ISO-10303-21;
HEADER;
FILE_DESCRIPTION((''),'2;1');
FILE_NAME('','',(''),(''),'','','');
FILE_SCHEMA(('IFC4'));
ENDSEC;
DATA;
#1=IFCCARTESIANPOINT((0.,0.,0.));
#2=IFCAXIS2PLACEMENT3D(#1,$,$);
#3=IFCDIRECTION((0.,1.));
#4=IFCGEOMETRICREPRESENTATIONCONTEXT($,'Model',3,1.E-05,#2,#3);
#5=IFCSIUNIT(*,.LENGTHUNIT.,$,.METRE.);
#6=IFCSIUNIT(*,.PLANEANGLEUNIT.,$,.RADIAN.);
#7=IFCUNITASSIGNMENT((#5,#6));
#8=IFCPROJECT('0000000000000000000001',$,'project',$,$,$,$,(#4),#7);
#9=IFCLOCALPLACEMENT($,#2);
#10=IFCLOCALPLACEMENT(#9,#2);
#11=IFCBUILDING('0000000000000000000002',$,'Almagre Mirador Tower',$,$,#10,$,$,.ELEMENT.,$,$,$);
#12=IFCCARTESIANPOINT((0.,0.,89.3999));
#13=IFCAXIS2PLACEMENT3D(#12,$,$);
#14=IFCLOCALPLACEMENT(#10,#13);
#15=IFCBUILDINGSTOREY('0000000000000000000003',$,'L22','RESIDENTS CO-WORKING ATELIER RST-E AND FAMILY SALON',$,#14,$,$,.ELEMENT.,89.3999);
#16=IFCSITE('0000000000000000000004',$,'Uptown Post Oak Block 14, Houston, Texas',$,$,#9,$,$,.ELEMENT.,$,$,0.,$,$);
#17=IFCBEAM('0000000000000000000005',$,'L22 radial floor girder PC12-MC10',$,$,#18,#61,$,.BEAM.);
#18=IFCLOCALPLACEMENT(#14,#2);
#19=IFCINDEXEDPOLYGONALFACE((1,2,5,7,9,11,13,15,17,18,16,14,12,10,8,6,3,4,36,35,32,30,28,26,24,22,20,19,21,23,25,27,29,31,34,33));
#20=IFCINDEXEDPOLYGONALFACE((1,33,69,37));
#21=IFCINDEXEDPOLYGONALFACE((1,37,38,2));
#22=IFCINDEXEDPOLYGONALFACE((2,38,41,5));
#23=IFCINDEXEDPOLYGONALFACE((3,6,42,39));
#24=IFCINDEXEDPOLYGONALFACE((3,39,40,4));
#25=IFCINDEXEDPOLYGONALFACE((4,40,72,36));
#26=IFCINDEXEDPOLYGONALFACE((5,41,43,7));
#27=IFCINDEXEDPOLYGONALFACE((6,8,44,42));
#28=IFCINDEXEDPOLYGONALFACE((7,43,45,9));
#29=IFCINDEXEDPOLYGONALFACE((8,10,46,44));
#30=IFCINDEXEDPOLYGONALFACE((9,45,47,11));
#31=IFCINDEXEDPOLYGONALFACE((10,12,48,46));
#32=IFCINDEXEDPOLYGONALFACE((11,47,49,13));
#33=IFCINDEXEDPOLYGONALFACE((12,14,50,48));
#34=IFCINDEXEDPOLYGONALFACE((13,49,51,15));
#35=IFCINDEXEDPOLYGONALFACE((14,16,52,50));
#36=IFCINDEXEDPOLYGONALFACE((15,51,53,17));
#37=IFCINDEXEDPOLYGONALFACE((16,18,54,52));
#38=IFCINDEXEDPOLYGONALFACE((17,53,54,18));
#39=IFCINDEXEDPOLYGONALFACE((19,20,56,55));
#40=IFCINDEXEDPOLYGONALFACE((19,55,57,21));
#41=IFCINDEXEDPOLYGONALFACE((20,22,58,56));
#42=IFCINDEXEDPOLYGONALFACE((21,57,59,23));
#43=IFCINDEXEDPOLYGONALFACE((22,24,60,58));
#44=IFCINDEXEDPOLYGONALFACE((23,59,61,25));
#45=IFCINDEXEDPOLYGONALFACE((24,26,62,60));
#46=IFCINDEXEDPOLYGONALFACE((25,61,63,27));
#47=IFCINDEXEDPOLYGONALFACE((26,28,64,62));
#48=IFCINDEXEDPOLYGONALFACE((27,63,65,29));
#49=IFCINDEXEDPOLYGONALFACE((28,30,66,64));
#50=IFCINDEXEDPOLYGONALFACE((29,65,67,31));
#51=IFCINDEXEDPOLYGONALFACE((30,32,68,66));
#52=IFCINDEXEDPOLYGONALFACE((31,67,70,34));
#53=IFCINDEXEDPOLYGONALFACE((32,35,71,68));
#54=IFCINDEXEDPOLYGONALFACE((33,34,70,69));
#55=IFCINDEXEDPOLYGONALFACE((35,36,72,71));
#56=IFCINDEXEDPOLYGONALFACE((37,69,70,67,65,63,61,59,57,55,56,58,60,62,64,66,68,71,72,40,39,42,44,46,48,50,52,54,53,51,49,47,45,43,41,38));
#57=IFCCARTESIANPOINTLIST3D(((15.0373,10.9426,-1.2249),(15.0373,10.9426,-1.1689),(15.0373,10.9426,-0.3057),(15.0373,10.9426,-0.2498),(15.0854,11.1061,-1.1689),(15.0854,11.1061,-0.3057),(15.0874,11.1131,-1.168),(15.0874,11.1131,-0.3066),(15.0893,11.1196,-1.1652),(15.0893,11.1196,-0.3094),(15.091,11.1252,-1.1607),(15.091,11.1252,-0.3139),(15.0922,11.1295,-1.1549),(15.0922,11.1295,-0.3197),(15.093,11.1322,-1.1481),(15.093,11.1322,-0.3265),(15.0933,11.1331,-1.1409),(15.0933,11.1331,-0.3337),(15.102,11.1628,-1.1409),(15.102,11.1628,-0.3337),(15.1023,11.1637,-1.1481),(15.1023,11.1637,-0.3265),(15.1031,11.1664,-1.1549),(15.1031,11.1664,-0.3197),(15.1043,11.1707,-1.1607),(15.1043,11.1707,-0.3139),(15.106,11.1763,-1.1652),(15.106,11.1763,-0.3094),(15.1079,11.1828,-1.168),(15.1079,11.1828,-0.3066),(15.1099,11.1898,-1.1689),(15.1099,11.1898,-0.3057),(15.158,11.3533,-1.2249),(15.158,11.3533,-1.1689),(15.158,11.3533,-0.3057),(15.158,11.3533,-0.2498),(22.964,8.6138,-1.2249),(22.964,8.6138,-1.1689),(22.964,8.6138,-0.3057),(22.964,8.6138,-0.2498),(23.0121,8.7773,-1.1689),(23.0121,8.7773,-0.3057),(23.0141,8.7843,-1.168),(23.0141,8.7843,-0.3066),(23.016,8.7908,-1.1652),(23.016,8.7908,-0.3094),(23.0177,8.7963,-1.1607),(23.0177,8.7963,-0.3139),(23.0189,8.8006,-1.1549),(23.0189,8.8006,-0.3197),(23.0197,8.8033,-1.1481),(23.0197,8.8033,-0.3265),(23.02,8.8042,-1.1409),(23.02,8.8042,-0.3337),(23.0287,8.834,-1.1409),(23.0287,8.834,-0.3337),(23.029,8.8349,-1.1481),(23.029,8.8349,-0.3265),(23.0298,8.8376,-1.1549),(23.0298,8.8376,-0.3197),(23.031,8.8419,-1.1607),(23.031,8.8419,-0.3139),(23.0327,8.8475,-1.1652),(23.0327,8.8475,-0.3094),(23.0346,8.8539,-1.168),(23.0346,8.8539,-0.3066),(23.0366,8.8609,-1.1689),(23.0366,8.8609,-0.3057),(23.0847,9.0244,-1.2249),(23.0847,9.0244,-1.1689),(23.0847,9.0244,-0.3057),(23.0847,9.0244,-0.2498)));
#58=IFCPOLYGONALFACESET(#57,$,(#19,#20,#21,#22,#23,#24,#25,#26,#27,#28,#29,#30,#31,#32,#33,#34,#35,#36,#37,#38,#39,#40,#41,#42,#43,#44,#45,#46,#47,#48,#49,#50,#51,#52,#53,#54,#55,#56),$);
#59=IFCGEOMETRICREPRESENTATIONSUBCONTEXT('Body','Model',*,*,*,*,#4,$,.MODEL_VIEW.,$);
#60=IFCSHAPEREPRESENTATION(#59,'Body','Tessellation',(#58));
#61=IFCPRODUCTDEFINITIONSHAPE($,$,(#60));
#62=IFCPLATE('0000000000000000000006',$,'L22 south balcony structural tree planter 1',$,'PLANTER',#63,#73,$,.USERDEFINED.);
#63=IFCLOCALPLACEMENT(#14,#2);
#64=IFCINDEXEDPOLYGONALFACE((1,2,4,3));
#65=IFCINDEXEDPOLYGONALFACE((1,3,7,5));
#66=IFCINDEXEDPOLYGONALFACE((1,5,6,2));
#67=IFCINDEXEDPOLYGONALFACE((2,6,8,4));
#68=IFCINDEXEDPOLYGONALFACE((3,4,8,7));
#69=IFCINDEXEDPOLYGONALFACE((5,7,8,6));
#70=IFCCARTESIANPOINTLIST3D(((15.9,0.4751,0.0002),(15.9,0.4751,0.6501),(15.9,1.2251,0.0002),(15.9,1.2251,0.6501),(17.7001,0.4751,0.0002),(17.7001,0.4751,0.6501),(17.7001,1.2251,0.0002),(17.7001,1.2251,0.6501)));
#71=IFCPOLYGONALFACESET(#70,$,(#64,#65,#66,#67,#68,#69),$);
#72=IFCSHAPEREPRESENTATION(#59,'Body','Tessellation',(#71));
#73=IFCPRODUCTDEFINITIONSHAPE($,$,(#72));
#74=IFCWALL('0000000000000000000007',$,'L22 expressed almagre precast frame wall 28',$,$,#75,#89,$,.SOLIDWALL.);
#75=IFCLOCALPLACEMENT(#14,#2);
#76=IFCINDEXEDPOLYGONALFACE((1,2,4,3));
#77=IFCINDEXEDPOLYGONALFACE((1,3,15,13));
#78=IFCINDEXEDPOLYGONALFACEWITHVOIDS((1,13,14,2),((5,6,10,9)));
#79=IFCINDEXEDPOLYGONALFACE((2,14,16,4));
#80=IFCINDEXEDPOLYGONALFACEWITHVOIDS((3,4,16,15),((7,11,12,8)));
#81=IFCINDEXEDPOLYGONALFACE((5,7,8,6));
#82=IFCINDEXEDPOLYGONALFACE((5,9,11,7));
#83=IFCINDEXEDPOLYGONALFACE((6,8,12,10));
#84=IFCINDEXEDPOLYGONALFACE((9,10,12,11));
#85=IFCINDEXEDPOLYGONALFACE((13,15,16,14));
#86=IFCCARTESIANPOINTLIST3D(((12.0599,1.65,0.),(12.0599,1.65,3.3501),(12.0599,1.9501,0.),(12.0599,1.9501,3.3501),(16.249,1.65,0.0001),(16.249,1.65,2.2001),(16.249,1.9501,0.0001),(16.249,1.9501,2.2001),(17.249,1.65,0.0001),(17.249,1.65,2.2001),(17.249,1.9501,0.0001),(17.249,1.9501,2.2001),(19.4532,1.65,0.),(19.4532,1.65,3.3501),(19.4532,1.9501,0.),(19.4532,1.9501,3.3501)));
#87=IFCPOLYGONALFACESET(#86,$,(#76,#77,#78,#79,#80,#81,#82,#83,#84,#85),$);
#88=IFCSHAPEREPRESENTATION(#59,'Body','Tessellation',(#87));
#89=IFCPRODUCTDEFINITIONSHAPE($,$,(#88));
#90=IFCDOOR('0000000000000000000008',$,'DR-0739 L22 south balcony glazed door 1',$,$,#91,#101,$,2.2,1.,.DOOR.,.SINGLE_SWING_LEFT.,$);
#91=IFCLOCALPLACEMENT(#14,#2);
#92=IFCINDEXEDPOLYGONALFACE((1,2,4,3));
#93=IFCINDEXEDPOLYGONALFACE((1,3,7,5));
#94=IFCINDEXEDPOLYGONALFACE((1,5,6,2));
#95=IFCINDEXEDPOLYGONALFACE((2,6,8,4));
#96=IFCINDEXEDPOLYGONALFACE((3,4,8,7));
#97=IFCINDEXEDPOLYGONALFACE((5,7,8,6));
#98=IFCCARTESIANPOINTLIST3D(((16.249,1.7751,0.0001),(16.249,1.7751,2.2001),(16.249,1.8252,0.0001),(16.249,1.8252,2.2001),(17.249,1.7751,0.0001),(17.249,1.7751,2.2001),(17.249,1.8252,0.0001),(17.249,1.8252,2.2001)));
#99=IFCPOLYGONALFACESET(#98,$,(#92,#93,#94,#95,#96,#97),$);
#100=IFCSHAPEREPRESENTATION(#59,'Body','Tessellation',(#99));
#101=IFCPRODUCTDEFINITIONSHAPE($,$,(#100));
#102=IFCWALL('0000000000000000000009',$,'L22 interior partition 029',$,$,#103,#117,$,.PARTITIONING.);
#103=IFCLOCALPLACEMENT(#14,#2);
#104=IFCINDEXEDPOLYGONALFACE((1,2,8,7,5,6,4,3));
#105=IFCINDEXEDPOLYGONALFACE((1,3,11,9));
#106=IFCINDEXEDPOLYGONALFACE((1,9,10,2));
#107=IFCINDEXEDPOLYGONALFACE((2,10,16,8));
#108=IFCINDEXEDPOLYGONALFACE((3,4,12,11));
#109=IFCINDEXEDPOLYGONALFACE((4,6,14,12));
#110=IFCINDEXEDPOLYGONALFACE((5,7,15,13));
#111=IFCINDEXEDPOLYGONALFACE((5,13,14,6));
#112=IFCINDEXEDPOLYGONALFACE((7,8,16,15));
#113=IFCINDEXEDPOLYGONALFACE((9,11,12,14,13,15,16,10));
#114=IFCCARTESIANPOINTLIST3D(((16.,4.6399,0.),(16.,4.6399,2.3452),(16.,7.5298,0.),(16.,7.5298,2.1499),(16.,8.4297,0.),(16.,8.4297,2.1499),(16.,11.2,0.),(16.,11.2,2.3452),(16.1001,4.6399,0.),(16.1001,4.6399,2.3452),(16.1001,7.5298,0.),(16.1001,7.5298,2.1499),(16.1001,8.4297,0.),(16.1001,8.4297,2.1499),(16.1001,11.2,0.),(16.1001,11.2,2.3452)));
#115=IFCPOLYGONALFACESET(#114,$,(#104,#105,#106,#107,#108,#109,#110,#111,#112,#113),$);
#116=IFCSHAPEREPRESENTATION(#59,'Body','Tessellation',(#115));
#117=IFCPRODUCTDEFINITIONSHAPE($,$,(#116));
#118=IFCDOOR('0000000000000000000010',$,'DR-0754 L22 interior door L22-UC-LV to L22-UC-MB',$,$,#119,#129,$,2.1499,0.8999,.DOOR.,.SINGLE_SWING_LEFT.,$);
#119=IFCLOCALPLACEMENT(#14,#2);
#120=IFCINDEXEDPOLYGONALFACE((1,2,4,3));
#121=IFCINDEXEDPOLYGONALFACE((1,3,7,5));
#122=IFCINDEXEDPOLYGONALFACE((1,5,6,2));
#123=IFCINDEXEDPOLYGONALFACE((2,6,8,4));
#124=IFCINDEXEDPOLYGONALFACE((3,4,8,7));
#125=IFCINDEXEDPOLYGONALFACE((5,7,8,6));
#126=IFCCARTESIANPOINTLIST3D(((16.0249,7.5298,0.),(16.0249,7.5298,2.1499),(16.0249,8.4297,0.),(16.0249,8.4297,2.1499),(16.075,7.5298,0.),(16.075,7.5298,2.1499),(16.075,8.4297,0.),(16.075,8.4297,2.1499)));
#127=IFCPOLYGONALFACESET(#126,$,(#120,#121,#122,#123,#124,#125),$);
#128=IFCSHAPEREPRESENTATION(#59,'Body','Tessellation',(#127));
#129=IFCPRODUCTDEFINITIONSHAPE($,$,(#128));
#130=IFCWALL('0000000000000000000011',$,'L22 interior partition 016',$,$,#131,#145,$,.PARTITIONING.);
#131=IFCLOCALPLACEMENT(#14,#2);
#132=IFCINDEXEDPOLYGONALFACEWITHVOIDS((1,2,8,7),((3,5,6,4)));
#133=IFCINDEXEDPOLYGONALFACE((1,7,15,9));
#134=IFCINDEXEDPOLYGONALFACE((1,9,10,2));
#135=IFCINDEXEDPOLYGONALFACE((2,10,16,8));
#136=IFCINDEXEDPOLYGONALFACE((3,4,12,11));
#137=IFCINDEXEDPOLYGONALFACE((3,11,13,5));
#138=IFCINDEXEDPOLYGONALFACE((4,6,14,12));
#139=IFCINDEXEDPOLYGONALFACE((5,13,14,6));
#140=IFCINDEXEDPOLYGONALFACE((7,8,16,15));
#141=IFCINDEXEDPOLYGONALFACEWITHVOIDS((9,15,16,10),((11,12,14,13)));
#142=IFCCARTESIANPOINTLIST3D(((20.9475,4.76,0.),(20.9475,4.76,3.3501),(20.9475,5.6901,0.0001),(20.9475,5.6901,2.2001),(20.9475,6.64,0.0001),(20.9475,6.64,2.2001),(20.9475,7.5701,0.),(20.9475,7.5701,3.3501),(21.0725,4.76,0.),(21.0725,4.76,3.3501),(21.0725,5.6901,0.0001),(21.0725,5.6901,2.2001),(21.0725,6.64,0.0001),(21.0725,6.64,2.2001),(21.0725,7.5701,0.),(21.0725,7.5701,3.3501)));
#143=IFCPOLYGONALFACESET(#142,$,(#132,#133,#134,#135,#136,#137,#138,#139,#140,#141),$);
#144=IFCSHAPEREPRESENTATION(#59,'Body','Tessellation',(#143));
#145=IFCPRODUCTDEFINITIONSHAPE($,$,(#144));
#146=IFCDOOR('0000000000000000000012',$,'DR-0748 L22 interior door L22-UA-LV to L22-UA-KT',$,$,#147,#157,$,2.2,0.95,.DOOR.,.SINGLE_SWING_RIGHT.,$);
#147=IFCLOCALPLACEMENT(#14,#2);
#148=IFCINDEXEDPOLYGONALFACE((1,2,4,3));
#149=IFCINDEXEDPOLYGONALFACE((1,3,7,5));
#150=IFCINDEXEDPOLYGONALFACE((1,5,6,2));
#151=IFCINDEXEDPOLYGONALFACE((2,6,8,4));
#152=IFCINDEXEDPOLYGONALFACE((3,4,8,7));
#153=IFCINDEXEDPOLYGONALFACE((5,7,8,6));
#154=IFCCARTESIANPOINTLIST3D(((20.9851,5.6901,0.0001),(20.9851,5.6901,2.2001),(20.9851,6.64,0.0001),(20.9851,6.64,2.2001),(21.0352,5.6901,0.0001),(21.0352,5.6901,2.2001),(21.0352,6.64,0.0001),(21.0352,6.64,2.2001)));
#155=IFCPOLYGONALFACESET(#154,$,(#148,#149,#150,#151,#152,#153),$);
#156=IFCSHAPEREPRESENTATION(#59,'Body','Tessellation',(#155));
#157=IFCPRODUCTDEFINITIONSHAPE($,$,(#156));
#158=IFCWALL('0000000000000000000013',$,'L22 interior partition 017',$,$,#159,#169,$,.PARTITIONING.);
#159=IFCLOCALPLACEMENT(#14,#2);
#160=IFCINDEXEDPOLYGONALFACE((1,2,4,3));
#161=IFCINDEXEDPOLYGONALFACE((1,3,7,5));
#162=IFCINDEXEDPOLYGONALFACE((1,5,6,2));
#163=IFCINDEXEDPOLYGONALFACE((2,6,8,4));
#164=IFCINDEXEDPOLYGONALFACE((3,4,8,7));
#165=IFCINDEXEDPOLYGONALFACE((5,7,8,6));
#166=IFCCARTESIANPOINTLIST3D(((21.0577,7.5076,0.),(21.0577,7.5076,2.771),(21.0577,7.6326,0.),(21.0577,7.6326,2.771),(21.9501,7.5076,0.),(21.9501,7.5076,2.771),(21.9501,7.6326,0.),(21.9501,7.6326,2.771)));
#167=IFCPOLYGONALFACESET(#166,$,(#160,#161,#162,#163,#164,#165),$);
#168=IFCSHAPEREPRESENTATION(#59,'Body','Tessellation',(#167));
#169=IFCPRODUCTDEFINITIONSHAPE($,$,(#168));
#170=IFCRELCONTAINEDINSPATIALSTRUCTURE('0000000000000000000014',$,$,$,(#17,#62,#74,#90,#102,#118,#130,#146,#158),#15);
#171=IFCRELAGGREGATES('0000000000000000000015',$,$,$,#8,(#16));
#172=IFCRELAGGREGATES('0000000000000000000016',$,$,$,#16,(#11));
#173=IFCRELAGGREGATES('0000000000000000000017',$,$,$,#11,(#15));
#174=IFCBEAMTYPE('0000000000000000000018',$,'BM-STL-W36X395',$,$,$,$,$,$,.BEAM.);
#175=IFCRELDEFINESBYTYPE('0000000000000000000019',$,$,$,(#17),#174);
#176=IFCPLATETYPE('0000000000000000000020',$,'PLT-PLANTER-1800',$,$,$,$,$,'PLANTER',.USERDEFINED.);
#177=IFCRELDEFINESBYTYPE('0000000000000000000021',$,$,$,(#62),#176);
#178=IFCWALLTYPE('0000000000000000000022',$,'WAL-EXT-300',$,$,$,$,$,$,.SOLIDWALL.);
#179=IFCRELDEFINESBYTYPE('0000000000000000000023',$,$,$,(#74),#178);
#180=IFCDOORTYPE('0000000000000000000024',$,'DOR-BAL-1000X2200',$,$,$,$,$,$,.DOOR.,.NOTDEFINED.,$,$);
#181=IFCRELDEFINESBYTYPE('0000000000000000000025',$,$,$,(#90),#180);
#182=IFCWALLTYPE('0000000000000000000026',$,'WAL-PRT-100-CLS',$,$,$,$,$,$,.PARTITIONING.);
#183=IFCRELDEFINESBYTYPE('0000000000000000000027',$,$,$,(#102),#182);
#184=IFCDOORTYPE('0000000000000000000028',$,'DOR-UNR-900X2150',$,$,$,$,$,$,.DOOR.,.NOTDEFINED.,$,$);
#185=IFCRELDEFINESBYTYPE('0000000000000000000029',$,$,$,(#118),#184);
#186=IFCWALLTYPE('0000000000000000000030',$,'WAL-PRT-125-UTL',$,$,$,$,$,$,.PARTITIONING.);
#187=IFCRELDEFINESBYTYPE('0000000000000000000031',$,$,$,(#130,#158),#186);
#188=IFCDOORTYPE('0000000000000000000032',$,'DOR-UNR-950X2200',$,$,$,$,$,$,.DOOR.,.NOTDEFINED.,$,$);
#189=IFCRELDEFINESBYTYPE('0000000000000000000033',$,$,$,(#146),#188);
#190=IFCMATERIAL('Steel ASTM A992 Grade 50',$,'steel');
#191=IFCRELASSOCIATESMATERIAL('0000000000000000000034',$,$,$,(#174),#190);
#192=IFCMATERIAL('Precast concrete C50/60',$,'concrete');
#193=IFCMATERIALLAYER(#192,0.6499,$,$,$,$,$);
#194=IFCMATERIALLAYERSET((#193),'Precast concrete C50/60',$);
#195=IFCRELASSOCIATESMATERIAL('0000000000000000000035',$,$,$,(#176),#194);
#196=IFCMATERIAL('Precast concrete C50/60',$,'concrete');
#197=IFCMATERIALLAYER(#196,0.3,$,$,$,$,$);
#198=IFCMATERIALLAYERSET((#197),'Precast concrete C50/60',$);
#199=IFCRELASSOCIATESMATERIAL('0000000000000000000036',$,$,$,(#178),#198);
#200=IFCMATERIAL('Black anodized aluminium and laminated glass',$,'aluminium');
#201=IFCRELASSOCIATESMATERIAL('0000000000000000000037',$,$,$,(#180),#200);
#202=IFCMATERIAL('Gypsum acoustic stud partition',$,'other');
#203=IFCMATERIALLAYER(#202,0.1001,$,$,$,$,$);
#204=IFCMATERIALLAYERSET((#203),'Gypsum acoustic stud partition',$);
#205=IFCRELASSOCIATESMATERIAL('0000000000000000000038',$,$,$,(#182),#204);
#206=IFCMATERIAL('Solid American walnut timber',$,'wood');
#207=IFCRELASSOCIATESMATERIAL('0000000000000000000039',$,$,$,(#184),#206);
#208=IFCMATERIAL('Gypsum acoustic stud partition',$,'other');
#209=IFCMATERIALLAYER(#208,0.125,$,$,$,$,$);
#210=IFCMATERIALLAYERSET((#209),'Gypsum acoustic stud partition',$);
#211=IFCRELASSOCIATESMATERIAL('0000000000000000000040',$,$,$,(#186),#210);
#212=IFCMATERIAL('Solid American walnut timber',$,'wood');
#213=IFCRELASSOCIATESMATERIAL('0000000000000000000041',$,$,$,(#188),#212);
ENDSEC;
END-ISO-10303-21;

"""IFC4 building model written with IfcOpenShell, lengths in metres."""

from ifc_helpers import new_model, si_unit, direction, frame, frame_2d, origin, origin_2d, place, context, subcontext, project, spatial, rectangle, i_section, extrude, material, layer, layer_set, material_profile, profile_set, type_object, element, fill, save


model = new_model("IFC4")

# Units and contexts
model_context = context("Model", 3, precision=1e-05, world=origin(), true_north=direction((0.0, 1.0)))
body_context = subcontext(model_context, "Body", "Model", "MODEL_VIEW")
ifc_project = project(units=[si_unit("LENGTHUNIT", "METRE"), si_unit("PLANEANGLEUNIT", "RADIAN")], contexts=[model_context])

# Site, building, storey
site_placement = place(None, origin())
site = spatial("IfcSite", under=ifc_project, at=site_placement, Name="Uptown Post Oak Block 14, Houston, Texas", CompositionType="ELEMENT", RefElevation=0.0)
building_placement = place(site_placement, origin())
building = spatial("IfcBuilding", under=site, at=building_placement, Name="Almagre Mirador Tower", CompositionType="ELEMENT")
storey_placement = place(building_placement, frame((0.0, 0.0, 89.3999)))
storey = spatial("IfcBuildingStorey", under=building, at=storey_placement, Name="L22", Description="RESIDENTS CO-WORKING ATELIER RST-E AND FAMILY SALON", CompositionType="ELEMENT", Elevation=89.3999)

# Beam
ifc_material_1 = material(Name="Steel ASTM A992 Grade 50", Category="steel")
ifc_material_profile_1 = material_profile(ifc_material_1, i_section(OverallWidth=0.428, OverallDepth=0.9751, WebThickness=0.031, FlangeThickness=0.0559, FilletRadius=0.0281, at=origin_2d()), Name="W36X395")
ifc_profile_set_1 = profile_set([ifc_material_profile_1], Name="Steel ASTM A992 Grade 50")
beam_type_1 = type_object("IfcBeamType", Name="BM-STL-W36X395", PredefinedType="BEAM", material=ifc_profile_set_1)
beam_1_placement = place(storey_placement, frame((15.0977, 11.1479, -0.7373), z_axis=(0.959449, -0.281883, 0.0), x_axis=(0.281883, 0.959449, 0.0)))
element("IfcBeam", 1, at=beam_1_placement, inside=storey, type_object=beam_type_1, Name="L22 radial floor girder PC12-MC10", PredefinedType="BEAM", context=body_context, shape_type="SweptSolid", body=[
    extrude(i_section(OverallWidth=0.428, OverallDepth=0.9751, WebThickness=0.031, FlangeThickness=0.0559, FilletRadius=0.0281, at=origin_2d()), origin(), (0.0, 0.0, 1.0), 8.2617),
])

# Plate
ifc_material_2 = material(Name="Precast concrete C50/60", Category="concrete")
ifc_layer_1 = layer(ifc_material_2, 0.6499)
ifc_layer_set_1 = layer_set([ifc_layer_1], Name="Precast concrete C50/60")
plate_type = type_object("IfcPlateType", Name="PLT-PLANTER-1800", ElementType="PLANTER", PredefinedType="USERDEFINED", material=ifc_layer_set_1)
plate_placement = place(storey_placement, frame((16.8, 0.8501, 0.0002), z_axis=(0.0, 0.0, 1.0), x_axis=(1.0, 0.0, 0.0)))
element("IfcPlate", 2, at=plate_placement, inside=storey, type_object=plate_type, Name="L22 south balcony structural tree planter 1", ObjectType="PLANTER", PredefinedType="USERDEFINED", context=body_context, shape_type="SweptSolid", body=[
    extrude(rectangle(XDim=1.8, YDim=0.75, at=origin_2d()), origin(), (0.0, 0.0, 1.0), 0.6499),
])

# Walls, openings, doors
ifc_material_3 = material(Name="Precast concrete C50/60", Category="concrete")
ifc_layer_2 = layer(ifc_material_3, 0.3)
ifc_layer_set_2 = layer_set([ifc_layer_2], Name="Precast concrete C50/60")
wall_type_1 = type_object("IfcWallType", Name="WAL-EXT-300", PredefinedType="SOLIDWALL", material=ifc_layer_set_2)
wall_1_placement = place(storey_placement, frame((19.4534, 1.8, 0.0), z_axis=(0.0, 0.0, 1.0), x_axis=(-1.0, 0.0, 0.0)))
wall_1 = element("IfcWall", 3, at=wall_1_placement, inside=storey, type_object=wall_type_1, Name="L22 expressed almagre precast frame wall 28", PredefinedType="SOLIDWALL", context=body_context, shape_type="SweptSolid", body=[
    extrude(rectangle(XDim=7.3933, YDim=0.3, at=frame_2d((3.6968, 0.0))), origin(), (0.0, 0.0, 1.0), 3.3501),
])
opening_1_placement = place(wall_1_placement, frame((2.2043, 0.0, 0.0)))
opening_1 = element("IfcOpeningElement", 4, at=opening_1_placement, cuts=wall_1, PredefinedType="OPENING", context=body_context, shape_type="SweptSolid", body=[
    extrude(rectangle(XDim=1.0, YDim=2.2, at=frame_2d((0.5, 1.1001))), frame((0.0, 0.1599, 0.0), z_axis=(0.0, -1.0, 0.0), x_axis=(1.0, 0.0, 0.0)), (0.0, 0.0, 1.0), 0.32),
])
ifc_material_4 = material(Name="Black anodized aluminium and laminated glass", Category="aluminium")
door_type_1 = type_object("IfcDoorType", Name="DOR-BAL-1000X2200", OperationType="NOTDEFINED", PredefinedType="DOOR", material=ifc_material_4)
door_1_placement = place(opening_1_placement, origin())
door_1 = element("IfcDoor", 5, at=door_1_placement, inside=storey, type_object=door_type_1, Name="DR-0739 L22 south balcony glazed door 1", OperationType="SINGLE_SWING_LEFT", OverallHeight=2.2, OverallWidth=1.0, PredefinedType="DOOR", context=body_context, shape_type="SweptSolid", body=[
    extrude(rectangle(XDim=1.0, YDim=2.2, at=frame_2d((0.5, 1.1001))), frame((0.0, 0.0249, 0.0), z_axis=(0.0, -1.0, 0.0), x_axis=(1.0, 0.0, 0.0)), (0.0, 0.0, 1.0), 0.05),
])
fill(opening_1, door_1)
ifc_material_5 = material(Name="Gypsum acoustic stud partition", Category="other")
ifc_layer_3 = layer(ifc_material_5, 0.1001)
ifc_layer_set_3 = layer_set([ifc_layer_3], Name="Gypsum acoustic stud partition")
wall_type_2 = type_object("IfcWallType", Name="WAL-PRT-100-CLS", PredefinedType="PARTITIONING", material=ifc_layer_set_3)
wall_2_placement = place(storey_placement, frame((16.05, 11.2, 0.0), z_axis=(0.0, 0.0, 1.0), x_axis=(0.0, -1.0, 0.0)))
wall_2 = element("IfcWall", 6, at=wall_2_placement, inside=storey, type_object=wall_type_2, Name="L22 interior partition 029", PredefinedType="PARTITIONING", context=body_context, shape_type="SweptSolid", body=[
    extrude(rectangle(XDim=6.5601, YDim=0.1001, at=frame_2d((3.28, 0.0))), origin(), (0.0, 0.0, 1.0), 2.3452),
])
opening_2_placement = place(wall_2_placement, frame((2.7703, 0.0, 0.0)))
opening_2 = element("IfcOpeningElement", 7, at=opening_2_placement, cuts=wall_2, PredefinedType="OPENING", context=body_context, shape_type="SweptSolid", body=[
    extrude(rectangle(XDim=0.8999, YDim=2.1499, at=frame_2d((0.45, 1.075))), frame((0.0, 0.06, 0.0), z_axis=(0.0, -1.0, 0.0), x_axis=(1.0, 0.0, 0.0)), (0.0, 0.0, 1.0), 0.1201),
])
ifc_material_6 = material(Name="Solid American walnut timber", Category="wood")
door_type_2 = type_object("IfcDoorType", Name="DOR-UNR-900X2150", OperationType="NOTDEFINED", PredefinedType="DOOR", material=ifc_material_6)
door_2_placement = place(opening_2_placement, origin())
door_2 = element("IfcDoor", 8, at=door_2_placement, inside=storey, type_object=door_type_2, Name="DR-0754 L22 interior door L22-UC-LV to L22-UC-MB", OperationType="SINGLE_SWING_LEFT", OverallHeight=2.1499, OverallWidth=0.8999, PredefinedType="DOOR", context=body_context, shape_type="SweptSolid", body=[
    extrude(rectangle(XDim=0.8999, YDim=2.1499, at=frame_2d((0.45, 1.075))), frame((0.0, 0.0249, 0.0), z_axis=(0.0, -1.0, 0.0), x_axis=(1.0, 0.0, 0.0)), (0.0, 0.0, 1.0), 0.05),
])
fill(opening_2, door_2)
ifc_material_7 = material(Name="Gypsum acoustic stud partition", Category="other")
ifc_layer_4 = layer(ifc_material_7, 0.125)
ifc_layer_set_4 = layer_set([ifc_layer_4], Name="Gypsum acoustic stud partition")
wall_type_3 = type_object("IfcWallType", Name="WAL-PRT-125-UTL", PredefinedType="PARTITIONING", material=ifc_layer_set_4)
wall_3_placement = place(storey_placement, frame((21.01, 4.76, 0.0), z_axis=(0.0, 0.0, 1.0), x_axis=(0.0, 1.0, 0.0)))
wall_3 = element("IfcWall", 9, at=wall_3_placement, inside=storey, type_object=wall_type_3, Name="L22 interior partition 016", PredefinedType="PARTITIONING", context=body_context, shape_type="SweptSolid", body=[
    extrude(rectangle(XDim=2.8101, YDim=0.125, at=frame_2d((1.405, 0.0))), origin(), (0.0, 0.0, 1.0), 3.3501),
])
opening_3_placement = place(wall_3_placement, frame((0.9299, 0.0, 0.0)))
opening_3 = element("IfcOpeningElement", 10, at=opening_3_placement, cuts=wall_3, PredefinedType="OPENING", context=body_context, shape_type="SweptSolid", body=[
    extrude(rectangle(XDim=0.95, YDim=2.2, at=frame_2d((0.4751, 1.1001))), frame((0.0, 0.0725, 0.0), z_axis=(0.0, -1.0, 0.0), x_axis=(1.0, 0.0, 0.0)), (0.0, 0.0, 1.0), 0.145),
])
ifc_material_8 = material(Name="Solid American walnut timber", Category="wood")
door_type_3 = type_object("IfcDoorType", Name="DOR-UNR-950X2200", OperationType="NOTDEFINED", PredefinedType="DOOR", material=ifc_material_8)
door_3_placement = place(opening_3_placement, origin())
door_3 = element("IfcDoor", 11, at=door_3_placement, inside=storey, type_object=door_type_3, Name="DR-0748 L22 interior door L22-UA-LV to L22-UA-KT", OperationType="SINGLE_SWING_RIGHT", OverallHeight=2.2, OverallWidth=0.95, PredefinedType="DOOR", context=body_context, shape_type="SweptSolid", body=[
    extrude(rectangle(XDim=0.95, YDim=2.2, at=frame_2d((0.4751, 1.1001))), frame((0.0, 0.0249, 0.0), z_axis=(0.0, -1.0, 0.0), x_axis=(1.0, 0.0, 0.0)), (0.0, 0.0, 1.0), 0.05),
])
fill(opening_3, door_3)

# Wall
wall_4_placement = place(storey_placement, frame((21.0576, 7.5701, 0.0), z_axis=(0.0, 0.0, 1.0), x_axis=(1.0, 0.0, 0.0)))
element("IfcWall", 12, at=wall_4_placement, inside=storey, type_object=wall_type_3, Name="L22 interior partition 017", PredefinedType="PARTITIONING", context=body_context, shape_type="SweptSolid", body=[
    extrude(rectangle(XDim=0.8923, YDim=0.125, at=frame_2d((0.4463, 0.0))), origin(), (0.0, 0.0, 1.0), 2.771),
])

save(model, "model.ifc")
